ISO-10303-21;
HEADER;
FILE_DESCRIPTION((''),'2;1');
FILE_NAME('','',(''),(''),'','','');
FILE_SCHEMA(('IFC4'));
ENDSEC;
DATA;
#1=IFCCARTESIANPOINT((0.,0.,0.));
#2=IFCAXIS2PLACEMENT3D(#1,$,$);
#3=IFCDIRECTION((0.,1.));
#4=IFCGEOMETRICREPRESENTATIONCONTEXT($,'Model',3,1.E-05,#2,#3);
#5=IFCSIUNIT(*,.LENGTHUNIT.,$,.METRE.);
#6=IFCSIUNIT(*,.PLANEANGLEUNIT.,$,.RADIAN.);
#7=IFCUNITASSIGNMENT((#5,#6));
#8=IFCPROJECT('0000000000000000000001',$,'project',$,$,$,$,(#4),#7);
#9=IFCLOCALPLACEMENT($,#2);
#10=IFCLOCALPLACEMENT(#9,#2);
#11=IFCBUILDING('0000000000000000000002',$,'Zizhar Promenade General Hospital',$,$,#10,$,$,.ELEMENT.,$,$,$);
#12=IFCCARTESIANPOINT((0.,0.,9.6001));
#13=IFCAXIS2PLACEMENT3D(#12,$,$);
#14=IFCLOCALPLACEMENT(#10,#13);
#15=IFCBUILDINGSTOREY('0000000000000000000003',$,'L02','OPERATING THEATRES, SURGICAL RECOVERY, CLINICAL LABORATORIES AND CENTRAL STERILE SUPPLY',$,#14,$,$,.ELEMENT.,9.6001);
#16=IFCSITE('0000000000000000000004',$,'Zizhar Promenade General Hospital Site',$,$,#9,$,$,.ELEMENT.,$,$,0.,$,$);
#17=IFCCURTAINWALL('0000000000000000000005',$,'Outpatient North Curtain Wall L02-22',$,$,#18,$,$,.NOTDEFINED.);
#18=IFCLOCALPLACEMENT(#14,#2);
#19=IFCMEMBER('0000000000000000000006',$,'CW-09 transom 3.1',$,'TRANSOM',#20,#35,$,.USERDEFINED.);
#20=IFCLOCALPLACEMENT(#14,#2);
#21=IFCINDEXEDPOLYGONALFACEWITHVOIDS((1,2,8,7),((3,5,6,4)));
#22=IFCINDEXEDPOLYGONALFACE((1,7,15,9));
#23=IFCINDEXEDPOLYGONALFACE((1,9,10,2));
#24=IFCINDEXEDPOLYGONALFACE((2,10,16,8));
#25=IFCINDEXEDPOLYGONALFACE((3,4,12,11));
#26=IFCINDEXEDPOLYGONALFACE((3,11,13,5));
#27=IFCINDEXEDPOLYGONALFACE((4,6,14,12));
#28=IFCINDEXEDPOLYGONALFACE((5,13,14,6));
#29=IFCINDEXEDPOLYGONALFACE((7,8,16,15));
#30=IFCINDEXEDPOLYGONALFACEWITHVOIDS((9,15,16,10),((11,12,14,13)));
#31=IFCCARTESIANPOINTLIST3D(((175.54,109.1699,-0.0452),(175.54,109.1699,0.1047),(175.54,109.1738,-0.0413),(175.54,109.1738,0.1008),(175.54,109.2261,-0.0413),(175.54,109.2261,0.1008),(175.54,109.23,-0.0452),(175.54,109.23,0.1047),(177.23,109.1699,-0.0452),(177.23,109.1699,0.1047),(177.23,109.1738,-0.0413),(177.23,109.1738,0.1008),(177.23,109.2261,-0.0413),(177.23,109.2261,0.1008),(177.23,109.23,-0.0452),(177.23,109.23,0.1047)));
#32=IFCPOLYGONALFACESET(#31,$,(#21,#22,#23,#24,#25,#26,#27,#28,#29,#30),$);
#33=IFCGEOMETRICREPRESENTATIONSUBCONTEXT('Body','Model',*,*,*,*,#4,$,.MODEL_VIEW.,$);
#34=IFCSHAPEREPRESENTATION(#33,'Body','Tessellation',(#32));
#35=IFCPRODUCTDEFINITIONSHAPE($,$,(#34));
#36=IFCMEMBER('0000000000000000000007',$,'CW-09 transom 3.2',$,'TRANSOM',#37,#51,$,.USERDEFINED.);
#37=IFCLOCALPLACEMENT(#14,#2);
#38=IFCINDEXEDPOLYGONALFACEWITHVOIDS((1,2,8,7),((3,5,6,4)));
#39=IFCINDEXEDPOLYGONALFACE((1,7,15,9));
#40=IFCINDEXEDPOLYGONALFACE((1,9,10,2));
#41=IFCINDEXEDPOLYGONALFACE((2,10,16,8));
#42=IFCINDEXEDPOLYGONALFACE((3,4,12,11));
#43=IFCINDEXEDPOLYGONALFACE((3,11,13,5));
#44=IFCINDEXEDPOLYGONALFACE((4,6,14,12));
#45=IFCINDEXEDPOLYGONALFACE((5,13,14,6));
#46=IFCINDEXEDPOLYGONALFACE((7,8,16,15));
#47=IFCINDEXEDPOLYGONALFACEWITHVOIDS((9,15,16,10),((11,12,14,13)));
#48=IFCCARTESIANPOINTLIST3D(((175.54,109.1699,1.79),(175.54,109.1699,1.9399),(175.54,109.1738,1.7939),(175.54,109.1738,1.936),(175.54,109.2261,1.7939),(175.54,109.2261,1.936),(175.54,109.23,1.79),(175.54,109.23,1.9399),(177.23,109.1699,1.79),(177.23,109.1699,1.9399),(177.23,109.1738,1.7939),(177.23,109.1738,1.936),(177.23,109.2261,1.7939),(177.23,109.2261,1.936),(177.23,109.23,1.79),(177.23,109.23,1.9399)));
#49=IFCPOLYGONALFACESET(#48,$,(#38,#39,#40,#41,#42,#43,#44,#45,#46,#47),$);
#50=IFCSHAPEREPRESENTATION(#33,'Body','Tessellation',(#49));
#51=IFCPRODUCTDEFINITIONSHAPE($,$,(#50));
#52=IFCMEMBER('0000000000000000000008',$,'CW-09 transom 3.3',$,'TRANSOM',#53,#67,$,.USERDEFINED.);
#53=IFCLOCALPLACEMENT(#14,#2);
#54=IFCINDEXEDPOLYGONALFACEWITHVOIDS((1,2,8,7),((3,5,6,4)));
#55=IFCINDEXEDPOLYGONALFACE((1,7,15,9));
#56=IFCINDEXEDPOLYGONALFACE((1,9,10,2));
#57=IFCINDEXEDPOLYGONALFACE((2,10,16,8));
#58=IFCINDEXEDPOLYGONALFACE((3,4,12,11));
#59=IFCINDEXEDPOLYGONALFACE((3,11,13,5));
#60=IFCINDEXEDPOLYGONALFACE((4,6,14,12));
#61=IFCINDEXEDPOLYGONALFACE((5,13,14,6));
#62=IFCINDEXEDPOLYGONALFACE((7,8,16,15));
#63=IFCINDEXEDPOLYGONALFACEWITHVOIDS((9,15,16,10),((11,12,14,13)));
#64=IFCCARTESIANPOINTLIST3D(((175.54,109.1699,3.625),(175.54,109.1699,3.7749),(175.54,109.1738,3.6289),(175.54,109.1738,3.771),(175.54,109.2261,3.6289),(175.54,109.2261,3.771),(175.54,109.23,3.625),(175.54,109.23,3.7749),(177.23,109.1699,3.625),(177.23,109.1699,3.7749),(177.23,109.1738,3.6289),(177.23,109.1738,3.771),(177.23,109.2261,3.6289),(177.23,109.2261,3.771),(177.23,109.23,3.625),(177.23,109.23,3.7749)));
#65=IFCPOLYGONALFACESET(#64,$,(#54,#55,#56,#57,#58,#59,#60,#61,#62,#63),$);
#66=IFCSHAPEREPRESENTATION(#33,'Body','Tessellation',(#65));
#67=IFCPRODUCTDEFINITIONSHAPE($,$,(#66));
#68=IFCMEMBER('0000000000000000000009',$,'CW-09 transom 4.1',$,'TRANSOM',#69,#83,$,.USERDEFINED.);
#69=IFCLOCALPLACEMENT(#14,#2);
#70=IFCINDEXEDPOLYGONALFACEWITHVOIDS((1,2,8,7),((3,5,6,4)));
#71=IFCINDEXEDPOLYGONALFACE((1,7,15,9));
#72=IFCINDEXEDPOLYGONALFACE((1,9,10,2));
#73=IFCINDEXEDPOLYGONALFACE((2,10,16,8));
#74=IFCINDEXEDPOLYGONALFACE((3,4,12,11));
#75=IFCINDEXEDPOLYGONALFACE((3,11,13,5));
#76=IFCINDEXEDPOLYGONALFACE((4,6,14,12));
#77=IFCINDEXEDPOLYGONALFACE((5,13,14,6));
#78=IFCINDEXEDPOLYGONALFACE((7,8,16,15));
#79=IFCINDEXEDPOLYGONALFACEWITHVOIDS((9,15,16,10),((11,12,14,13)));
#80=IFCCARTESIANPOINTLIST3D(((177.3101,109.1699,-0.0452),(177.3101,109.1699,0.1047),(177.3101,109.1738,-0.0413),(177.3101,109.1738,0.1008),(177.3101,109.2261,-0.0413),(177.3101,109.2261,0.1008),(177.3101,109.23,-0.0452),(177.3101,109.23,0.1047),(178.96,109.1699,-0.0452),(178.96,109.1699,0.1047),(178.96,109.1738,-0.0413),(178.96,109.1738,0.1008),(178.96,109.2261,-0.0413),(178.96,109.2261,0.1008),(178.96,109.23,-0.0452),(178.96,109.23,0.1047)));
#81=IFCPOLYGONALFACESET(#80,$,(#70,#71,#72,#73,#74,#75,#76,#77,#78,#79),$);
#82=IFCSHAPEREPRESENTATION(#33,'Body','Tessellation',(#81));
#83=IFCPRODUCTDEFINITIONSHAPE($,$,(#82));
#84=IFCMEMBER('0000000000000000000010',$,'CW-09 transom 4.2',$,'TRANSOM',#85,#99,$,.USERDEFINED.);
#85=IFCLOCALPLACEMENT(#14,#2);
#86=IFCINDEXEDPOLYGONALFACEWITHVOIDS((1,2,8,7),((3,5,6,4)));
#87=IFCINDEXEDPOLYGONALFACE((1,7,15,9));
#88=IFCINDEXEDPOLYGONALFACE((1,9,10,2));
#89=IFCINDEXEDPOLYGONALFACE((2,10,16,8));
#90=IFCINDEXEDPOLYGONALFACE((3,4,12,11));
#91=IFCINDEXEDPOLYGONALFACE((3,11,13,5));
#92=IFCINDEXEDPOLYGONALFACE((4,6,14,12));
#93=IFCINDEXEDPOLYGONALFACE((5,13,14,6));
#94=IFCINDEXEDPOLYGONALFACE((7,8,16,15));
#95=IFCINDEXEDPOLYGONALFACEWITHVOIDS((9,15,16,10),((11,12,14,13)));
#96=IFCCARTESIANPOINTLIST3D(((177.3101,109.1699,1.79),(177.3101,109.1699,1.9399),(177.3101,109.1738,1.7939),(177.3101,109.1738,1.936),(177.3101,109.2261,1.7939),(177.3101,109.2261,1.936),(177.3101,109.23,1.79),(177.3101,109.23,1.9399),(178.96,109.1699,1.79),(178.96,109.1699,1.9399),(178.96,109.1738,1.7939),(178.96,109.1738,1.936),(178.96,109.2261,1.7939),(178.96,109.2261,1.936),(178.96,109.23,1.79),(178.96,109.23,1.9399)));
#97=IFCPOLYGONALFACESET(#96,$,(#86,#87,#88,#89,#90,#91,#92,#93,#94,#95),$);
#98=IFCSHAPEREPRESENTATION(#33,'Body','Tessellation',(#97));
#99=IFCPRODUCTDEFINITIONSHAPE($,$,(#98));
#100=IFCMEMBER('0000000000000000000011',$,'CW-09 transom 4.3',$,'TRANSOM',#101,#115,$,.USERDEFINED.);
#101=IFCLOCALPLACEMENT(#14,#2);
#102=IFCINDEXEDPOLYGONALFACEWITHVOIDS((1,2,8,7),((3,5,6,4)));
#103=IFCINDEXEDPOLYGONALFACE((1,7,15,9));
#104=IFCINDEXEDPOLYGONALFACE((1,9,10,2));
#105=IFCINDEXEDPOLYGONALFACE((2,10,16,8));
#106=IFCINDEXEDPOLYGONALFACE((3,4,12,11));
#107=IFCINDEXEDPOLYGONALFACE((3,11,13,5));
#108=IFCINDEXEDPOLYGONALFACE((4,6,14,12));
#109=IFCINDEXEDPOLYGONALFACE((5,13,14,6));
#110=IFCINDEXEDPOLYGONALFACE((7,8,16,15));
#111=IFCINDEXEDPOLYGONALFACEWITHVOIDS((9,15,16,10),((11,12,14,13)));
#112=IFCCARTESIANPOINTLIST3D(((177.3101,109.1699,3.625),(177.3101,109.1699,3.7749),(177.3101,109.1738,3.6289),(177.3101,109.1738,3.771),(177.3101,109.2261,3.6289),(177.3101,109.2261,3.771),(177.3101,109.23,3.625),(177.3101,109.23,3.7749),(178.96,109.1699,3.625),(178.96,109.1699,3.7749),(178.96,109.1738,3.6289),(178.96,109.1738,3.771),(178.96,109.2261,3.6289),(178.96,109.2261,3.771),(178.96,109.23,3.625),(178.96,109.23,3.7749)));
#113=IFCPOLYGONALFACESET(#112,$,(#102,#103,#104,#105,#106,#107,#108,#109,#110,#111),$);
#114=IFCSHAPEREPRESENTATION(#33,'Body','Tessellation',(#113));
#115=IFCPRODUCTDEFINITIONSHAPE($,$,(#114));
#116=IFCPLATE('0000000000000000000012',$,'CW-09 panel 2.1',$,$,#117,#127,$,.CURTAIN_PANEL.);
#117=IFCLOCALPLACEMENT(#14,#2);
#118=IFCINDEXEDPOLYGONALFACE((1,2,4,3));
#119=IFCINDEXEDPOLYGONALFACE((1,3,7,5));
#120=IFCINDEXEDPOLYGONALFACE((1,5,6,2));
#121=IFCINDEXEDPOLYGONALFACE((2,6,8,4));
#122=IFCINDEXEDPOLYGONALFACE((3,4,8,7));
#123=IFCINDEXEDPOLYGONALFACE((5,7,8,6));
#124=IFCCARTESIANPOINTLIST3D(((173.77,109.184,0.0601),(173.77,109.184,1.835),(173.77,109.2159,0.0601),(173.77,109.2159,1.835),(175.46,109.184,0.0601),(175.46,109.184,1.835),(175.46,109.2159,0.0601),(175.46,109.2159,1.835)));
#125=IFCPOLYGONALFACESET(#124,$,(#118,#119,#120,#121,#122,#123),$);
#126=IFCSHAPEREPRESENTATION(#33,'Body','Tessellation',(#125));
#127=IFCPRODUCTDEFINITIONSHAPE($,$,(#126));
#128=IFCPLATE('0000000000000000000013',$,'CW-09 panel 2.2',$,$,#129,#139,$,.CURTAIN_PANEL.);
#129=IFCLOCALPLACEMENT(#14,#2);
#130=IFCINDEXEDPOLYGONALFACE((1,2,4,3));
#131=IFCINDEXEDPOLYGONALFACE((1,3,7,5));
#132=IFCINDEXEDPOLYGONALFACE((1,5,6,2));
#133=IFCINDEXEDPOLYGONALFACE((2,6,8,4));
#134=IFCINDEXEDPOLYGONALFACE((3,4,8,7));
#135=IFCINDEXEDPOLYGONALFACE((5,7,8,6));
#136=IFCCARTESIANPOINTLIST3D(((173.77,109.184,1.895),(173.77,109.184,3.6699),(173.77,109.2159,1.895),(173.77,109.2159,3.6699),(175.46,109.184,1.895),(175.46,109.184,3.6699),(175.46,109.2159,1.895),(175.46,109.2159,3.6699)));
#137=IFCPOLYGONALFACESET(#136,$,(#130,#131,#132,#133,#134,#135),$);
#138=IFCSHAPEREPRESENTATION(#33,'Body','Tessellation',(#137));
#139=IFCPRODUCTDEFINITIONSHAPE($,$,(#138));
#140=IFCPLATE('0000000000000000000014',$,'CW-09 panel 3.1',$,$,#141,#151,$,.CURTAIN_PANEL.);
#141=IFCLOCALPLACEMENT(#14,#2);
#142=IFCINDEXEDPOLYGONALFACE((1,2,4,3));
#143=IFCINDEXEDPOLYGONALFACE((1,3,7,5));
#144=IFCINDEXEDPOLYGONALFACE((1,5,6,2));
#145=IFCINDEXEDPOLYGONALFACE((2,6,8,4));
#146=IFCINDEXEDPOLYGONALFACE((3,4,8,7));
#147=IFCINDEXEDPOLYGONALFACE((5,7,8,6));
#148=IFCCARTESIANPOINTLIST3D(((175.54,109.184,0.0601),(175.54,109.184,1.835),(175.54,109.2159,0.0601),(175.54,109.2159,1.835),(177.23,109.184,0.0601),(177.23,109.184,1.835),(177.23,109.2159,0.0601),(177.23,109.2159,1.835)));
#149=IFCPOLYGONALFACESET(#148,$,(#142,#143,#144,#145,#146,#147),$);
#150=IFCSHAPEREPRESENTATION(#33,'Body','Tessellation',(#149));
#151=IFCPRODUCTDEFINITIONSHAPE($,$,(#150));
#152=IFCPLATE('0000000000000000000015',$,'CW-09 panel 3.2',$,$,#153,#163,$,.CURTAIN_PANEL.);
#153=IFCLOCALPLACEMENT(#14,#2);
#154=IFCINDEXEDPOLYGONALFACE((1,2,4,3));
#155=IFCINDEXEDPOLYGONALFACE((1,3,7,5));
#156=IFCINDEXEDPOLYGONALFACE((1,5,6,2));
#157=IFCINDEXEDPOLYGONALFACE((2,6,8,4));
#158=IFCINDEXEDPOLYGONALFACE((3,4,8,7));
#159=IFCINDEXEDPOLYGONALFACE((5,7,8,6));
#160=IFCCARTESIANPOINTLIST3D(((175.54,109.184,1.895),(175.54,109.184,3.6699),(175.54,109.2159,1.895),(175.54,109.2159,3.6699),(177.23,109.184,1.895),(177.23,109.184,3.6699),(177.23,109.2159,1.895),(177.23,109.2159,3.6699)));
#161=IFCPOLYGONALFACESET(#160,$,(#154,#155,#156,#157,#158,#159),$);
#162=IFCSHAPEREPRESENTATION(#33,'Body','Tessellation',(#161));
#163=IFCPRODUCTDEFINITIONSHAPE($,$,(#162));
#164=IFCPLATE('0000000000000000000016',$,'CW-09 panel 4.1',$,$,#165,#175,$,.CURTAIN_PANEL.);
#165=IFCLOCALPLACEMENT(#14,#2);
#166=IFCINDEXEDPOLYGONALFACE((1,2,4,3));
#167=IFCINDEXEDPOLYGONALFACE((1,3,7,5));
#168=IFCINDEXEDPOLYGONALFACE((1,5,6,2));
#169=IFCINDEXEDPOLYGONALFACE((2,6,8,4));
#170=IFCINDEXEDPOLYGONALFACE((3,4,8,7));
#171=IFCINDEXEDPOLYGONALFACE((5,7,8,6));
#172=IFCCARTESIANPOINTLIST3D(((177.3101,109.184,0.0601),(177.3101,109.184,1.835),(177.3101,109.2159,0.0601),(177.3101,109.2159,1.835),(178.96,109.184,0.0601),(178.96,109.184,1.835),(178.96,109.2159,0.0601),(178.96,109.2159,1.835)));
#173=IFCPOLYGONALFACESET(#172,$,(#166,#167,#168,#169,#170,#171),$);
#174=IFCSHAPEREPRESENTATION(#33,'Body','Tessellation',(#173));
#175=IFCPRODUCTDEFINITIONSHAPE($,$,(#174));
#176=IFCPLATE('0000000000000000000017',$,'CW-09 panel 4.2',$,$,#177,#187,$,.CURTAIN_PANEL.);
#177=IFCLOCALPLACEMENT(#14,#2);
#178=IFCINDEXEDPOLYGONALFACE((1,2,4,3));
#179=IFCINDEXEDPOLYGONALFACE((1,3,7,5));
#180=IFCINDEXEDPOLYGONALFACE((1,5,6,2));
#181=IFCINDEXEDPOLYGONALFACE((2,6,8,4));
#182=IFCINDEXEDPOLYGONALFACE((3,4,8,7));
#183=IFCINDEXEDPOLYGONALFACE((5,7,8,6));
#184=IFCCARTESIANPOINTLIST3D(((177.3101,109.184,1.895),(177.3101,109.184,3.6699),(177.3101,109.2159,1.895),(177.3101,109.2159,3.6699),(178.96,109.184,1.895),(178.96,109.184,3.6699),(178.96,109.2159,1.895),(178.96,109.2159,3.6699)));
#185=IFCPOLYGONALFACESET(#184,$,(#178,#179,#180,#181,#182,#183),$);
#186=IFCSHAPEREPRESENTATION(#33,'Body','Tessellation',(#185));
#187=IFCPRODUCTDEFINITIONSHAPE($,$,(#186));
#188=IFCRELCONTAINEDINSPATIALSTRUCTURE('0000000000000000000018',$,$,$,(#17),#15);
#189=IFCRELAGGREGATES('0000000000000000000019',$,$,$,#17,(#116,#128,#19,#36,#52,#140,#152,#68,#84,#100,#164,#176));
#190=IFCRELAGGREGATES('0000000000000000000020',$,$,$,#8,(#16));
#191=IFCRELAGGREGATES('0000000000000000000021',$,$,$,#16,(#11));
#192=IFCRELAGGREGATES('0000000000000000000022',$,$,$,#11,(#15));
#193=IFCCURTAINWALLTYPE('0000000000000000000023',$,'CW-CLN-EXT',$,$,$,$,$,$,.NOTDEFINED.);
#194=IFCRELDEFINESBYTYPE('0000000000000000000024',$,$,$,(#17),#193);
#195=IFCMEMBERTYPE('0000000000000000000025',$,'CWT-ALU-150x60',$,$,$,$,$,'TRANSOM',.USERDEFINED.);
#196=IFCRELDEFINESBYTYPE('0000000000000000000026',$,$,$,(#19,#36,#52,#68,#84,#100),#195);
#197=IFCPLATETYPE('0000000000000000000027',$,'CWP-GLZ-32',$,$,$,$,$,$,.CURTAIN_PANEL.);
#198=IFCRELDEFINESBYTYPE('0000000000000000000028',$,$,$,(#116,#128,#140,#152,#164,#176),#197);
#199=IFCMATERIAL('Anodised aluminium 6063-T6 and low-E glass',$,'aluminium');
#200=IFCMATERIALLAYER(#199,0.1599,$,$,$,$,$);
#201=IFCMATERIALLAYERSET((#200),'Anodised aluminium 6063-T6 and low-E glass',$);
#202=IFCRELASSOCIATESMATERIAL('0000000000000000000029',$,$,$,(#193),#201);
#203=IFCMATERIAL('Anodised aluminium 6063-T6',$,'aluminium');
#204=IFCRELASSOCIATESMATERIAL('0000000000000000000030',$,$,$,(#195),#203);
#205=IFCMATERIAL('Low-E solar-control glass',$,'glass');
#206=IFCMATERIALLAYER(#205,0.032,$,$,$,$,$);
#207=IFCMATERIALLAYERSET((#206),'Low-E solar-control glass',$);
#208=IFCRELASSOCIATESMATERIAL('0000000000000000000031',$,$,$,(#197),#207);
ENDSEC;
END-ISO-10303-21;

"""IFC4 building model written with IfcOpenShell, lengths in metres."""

from ifc_helpers import new_model, si_unit, direction, frame, origin, origin_2d, place, context, subcontext, project, spatial, rectangle, hollow_rectangle, extrude, material, layer, layer_set, material_profile, profile_set, type_object, element, aggregate, save


model = new_model("IFC4")

# Units and contexts
model_context = context("Model", 3, precision=1e-05, world=origin(), true_north=direction((0.0, 1.0)))
body_context = subcontext(model_context, "Body", "Model", "MODEL_VIEW")
ifc_project = project(units=[si_unit("LENGTHUNIT", "METRE"), si_unit("PLANEANGLEUNIT", "RADIAN")], contexts=[model_context])

# Site, building, storey
site_placement = place(None, origin())
site = spatial("IfcSite", under=ifc_project, at=site_placement, Name="Zizhar Promenade General Hospital Site", CompositionType="ELEMENT", RefElevation=0.0)
building_placement = place(site_placement, origin())
building = spatial("IfcBuilding", under=site, at=building_placement, Name="Zizhar Promenade General Hospital", CompositionType="ELEMENT")
storey_placement = place(building_placement, frame((0.0, 0.0, 9.6001)))
storey = spatial("IfcBuildingStorey", under=building, at=storey_placement, Name="L02", Description="OPERATING THEATRES, SURGICAL RECOVERY, CLINICAL LABORATORIES AND CENTRAL STERILE SUPPLY", CompositionType="ELEMENT", Elevation=9.6001)

# Curtain wall, members, plates
ifc_material_1 = material(Name="Anodised aluminium 6063-T6 and low-E glass", Category="aluminium")
ifc_layer_1 = layer(ifc_material_1, 0.1599)
ifc_layer_set_1 = layer_set([ifc_layer_1], Name="Anodised aluminium 6063-T6 and low-E glass")
curtain_wall_type = type_object("IfcCurtainWallType", Name="CW-CLN-EXT", PredefinedType="NOTDEFINED", material=ifc_layer_set_1)
curtain_wall_placement = place(storey_placement, origin())
curtain_wall = element("IfcCurtainWall", 1, at=curtain_wall_placement, inside=storey, type_object=curtain_wall_type, Name="Outpatient North Curtain Wall L02-22", PredefinedType="NOTDEFINED")
ifc_material_2 = material(Name="Anodised aluminium 6063-T6", Category="aluminium")
ifc_material_profile_1 = material_profile(ifc_material_2, hollow_rectangle(XDim=0.0601, YDim=0.1499, WallThickness=0.0039, at=origin_2d()))
ifc_profile_set_1 = profile_set([ifc_material_profile_1], Name="Anodised aluminium 6063-T6")
member_type_1 = type_object("IfcMemberType", Name="CWT-ALU-150x60", ElementType="TRANSOM", PredefinedType="USERDEFINED", material=ifc_profile_set_1)
member_1_placement = place(storey_placement, frame((175.54, 109.2, 0.0298), z_axis=(1.0, 0.0, 0.0), x_axis=(0.0, 1.0, 0.0)))
member_1 = element("IfcMember", 2, at=member_1_placement, type_object=member_type_1, Name="CW-09 transom 3.1", ObjectType="TRANSOM", PredefinedType="USERDEFINED", context=body_context, shape_type="SweptSolid", body=[
    extrude(hollow_rectangle(XDim=0.0601, YDim=0.1499, WallThickness=0.0039, at=origin_2d()), origin(), (0.0, 0.0, 1.0), 1.6899),
])
member_2_placement = place(storey_placement, frame((175.54, 109.2, 1.865), z_axis=(1.0, 0.0, 0.0), x_axis=(0.0, 1.0, 0.0)))
member_2 = element("IfcMember", 3, at=member_2_placement, type_object=member_type_1, Name="CW-09 transom 3.2", ObjectType="TRANSOM", PredefinedType="USERDEFINED", context=body_context, shape_type="SweptSolid", body=[
    extrude(hollow_rectangle(XDim=0.0601, YDim=0.1499, WallThickness=0.0039, at=origin_2d()), origin(), (0.0, 0.0, 1.0), 1.6899),
])
member_3_placement = place(storey_placement, frame((175.54, 109.2, 3.7), z_axis=(1.0, 0.0, 0.0), x_axis=(0.0, 1.0, 0.0)))
member_3 = element("IfcMember", 4, at=member_3_placement, type_object=member_type_1, Name="CW-09 transom 3.3", ObjectType="TRANSOM", PredefinedType="USERDEFINED", context=body_context, shape_type="SweptSolid", body=[
    extrude(hollow_rectangle(XDim=0.0601, YDim=0.1499, WallThickness=0.0039, at=origin_2d()), origin(), (0.0, 0.0, 1.0), 1.6899),
])
member_4_placement = place(storey_placement, frame((177.3101, 109.2, 0.0298), z_axis=(1.0, 0.0, 0.0), x_axis=(0.0, 1.0, 0.0)))
member_4 = element("IfcMember", 5, at=member_4_placement, type_object=member_type_1, Name="CW-09 transom 4.1", ObjectType="TRANSOM", PredefinedType="USERDEFINED", context=body_context, shape_type="SweptSolid", body=[
    extrude(hollow_rectangle(XDim=0.0601, YDim=0.1499, WallThickness=0.0039, at=origin_2d()), origin(), (0.0, 0.0, 1.0), 1.6499),
])
member_5_placement = place(storey_placement, frame((177.3101, 109.2, 1.865), z_axis=(1.0, 0.0, 0.0), x_axis=(0.0, 1.0, 0.0)))
member_5 = element("IfcMember", 6, at=member_5_placement, type_object=member_type_1, Name="CW-09 transom 4.2", ObjectType="TRANSOM", PredefinedType="USERDEFINED", context=body_context, shape_type="SweptSolid", body=[
    extrude(hollow_rectangle(XDim=0.0601, YDim=0.1499, WallThickness=0.0039, at=origin_2d()), origin(), (0.0, 0.0, 1.0), 1.6499),
])
member_6_placement = place(storey_placement, frame((177.3101, 109.2, 3.7), z_axis=(1.0, 0.0, 0.0), x_axis=(0.0, 1.0, 0.0)))
member_6 = element("IfcMember", 7, at=member_6_placement, type_object=member_type_1, Name="CW-09 transom 4.3", ObjectType="TRANSOM", PredefinedType="USERDEFINED", context=body_context, shape_type="SweptSolid", body=[
    extrude(hollow_rectangle(XDim=0.0601, YDim=0.1499, WallThickness=0.0039, at=origin_2d()), origin(), (0.0, 0.0, 1.0), 1.6499),
])
ifc_material_3 = material(Name="Low-E solar-control glass", Category="glass")
ifc_layer_2 = layer(ifc_material_3, 0.032)
ifc_layer_set_2 = layer_set([ifc_layer_2], Name="Low-E solar-control glass")
plate_type = type_object("IfcPlateType", Name="CWP-GLZ-32", PredefinedType="CURTAIN_PANEL", material=ifc_layer_set_2)
plate_1_placement = place(storey_placement, frame((174.615, 109.2, 0.0601), z_axis=(0.0, 0.0, 1.0), x_axis=(1.0, 0.0, 0.0)))
plate_1 = element("IfcPlate", 8, at=plate_1_placement, type_object=plate_type, Name="CW-09 panel 2.1", PredefinedType="CURTAIN_PANEL", context=body_context, shape_type="SweptSolid", body=[
    extrude(rectangle(XDim=1.6899, YDim=0.032, at=origin_2d()), origin(), (0.0, 0.0, 1.0), 1.7749),
])
plate_2_placement = place(storey_placement, frame((174.615, 109.2, 1.895), z_axis=(0.0, 0.0, 1.0), x_axis=(1.0, 0.0, 0.0)))
plate_2 = element("IfcPlate", 9, at=plate_2_placement, type_object=plate_type, Name="CW-09 panel 2.2", PredefinedType="CURTAIN_PANEL", context=body_context, shape_type="SweptSolid", body=[
    extrude(rectangle(XDim=1.6899, YDim=0.032, at=origin_2d()), origin(), (0.0, 0.0, 1.0), 1.7749),
])
plate_3_placement = place(storey_placement, frame((176.385, 109.2, 0.0601), z_axis=(0.0, 0.0, 1.0), x_axis=(1.0, 0.0, 0.0)))
plate_3 = element("IfcPlate", 10, at=plate_3_placement, type_object=plate_type, Name="CW-09 panel 3.1", PredefinedType="CURTAIN_PANEL", context=body_context, shape_type="SweptSolid", body=[
    extrude(rectangle(XDim=1.6899, YDim=0.032, at=origin_2d()), origin(), (0.0, 0.0, 1.0), 1.7749),
])
plate_4_placement = place(storey_placement, frame((176.385, 109.2, 1.895), z_axis=(0.0, 0.0, 1.0), x_axis=(1.0, 0.0, 0.0)))
plate_4 = element("IfcPlate", 11, at=plate_4_placement, type_object=plate_type, Name="CW-09 panel 3.2", PredefinedType="CURTAIN_PANEL", context=body_context, shape_type="SweptSolid", body=[
    extrude(rectangle(XDim=1.6899, YDim=0.032, at=origin_2d()), origin(), (0.0, 0.0, 1.0), 1.7749),
])
plate_5_placement = place(storey_placement, frame((178.135, 109.2, 0.0601), z_axis=(0.0, 0.0, 1.0), x_axis=(1.0, 0.0, 0.0)))
plate_5 = element("IfcPlate", 12, at=plate_5_placement, type_object=plate_type, Name="CW-09 panel 4.1", PredefinedType="CURTAIN_PANEL", context=body_context, shape_type="SweptSolid", body=[
    extrude(rectangle(XDim=1.6499, YDim=0.032, at=origin_2d()), origin(), (0.0, 0.0, 1.0), 1.7749),
])
plate_6_placement = place(storey_placement, frame((178.135, 109.2, 1.895), z_axis=(0.0, 0.0, 1.0), x_axis=(1.0, 0.0, 0.0)))
plate_6 = element("IfcPlate", 13, at=plate_6_placement, type_object=plate_type, Name="CW-09 panel 4.2", PredefinedType="CURTAIN_PANEL", context=body_context, shape_type="SweptSolid", body=[
    extrude(rectangle(XDim=1.6499, YDim=0.032, at=origin_2d()), origin(), (0.0, 0.0, 1.0), 1.7749),
])
aggregate(curtain_wall, [plate_1, plate_2, member_1, member_2, member_3, plate_3, plate_4, member_4, member_5, member_6, plate_5, plate_6])

save(model, "model.ifc")
